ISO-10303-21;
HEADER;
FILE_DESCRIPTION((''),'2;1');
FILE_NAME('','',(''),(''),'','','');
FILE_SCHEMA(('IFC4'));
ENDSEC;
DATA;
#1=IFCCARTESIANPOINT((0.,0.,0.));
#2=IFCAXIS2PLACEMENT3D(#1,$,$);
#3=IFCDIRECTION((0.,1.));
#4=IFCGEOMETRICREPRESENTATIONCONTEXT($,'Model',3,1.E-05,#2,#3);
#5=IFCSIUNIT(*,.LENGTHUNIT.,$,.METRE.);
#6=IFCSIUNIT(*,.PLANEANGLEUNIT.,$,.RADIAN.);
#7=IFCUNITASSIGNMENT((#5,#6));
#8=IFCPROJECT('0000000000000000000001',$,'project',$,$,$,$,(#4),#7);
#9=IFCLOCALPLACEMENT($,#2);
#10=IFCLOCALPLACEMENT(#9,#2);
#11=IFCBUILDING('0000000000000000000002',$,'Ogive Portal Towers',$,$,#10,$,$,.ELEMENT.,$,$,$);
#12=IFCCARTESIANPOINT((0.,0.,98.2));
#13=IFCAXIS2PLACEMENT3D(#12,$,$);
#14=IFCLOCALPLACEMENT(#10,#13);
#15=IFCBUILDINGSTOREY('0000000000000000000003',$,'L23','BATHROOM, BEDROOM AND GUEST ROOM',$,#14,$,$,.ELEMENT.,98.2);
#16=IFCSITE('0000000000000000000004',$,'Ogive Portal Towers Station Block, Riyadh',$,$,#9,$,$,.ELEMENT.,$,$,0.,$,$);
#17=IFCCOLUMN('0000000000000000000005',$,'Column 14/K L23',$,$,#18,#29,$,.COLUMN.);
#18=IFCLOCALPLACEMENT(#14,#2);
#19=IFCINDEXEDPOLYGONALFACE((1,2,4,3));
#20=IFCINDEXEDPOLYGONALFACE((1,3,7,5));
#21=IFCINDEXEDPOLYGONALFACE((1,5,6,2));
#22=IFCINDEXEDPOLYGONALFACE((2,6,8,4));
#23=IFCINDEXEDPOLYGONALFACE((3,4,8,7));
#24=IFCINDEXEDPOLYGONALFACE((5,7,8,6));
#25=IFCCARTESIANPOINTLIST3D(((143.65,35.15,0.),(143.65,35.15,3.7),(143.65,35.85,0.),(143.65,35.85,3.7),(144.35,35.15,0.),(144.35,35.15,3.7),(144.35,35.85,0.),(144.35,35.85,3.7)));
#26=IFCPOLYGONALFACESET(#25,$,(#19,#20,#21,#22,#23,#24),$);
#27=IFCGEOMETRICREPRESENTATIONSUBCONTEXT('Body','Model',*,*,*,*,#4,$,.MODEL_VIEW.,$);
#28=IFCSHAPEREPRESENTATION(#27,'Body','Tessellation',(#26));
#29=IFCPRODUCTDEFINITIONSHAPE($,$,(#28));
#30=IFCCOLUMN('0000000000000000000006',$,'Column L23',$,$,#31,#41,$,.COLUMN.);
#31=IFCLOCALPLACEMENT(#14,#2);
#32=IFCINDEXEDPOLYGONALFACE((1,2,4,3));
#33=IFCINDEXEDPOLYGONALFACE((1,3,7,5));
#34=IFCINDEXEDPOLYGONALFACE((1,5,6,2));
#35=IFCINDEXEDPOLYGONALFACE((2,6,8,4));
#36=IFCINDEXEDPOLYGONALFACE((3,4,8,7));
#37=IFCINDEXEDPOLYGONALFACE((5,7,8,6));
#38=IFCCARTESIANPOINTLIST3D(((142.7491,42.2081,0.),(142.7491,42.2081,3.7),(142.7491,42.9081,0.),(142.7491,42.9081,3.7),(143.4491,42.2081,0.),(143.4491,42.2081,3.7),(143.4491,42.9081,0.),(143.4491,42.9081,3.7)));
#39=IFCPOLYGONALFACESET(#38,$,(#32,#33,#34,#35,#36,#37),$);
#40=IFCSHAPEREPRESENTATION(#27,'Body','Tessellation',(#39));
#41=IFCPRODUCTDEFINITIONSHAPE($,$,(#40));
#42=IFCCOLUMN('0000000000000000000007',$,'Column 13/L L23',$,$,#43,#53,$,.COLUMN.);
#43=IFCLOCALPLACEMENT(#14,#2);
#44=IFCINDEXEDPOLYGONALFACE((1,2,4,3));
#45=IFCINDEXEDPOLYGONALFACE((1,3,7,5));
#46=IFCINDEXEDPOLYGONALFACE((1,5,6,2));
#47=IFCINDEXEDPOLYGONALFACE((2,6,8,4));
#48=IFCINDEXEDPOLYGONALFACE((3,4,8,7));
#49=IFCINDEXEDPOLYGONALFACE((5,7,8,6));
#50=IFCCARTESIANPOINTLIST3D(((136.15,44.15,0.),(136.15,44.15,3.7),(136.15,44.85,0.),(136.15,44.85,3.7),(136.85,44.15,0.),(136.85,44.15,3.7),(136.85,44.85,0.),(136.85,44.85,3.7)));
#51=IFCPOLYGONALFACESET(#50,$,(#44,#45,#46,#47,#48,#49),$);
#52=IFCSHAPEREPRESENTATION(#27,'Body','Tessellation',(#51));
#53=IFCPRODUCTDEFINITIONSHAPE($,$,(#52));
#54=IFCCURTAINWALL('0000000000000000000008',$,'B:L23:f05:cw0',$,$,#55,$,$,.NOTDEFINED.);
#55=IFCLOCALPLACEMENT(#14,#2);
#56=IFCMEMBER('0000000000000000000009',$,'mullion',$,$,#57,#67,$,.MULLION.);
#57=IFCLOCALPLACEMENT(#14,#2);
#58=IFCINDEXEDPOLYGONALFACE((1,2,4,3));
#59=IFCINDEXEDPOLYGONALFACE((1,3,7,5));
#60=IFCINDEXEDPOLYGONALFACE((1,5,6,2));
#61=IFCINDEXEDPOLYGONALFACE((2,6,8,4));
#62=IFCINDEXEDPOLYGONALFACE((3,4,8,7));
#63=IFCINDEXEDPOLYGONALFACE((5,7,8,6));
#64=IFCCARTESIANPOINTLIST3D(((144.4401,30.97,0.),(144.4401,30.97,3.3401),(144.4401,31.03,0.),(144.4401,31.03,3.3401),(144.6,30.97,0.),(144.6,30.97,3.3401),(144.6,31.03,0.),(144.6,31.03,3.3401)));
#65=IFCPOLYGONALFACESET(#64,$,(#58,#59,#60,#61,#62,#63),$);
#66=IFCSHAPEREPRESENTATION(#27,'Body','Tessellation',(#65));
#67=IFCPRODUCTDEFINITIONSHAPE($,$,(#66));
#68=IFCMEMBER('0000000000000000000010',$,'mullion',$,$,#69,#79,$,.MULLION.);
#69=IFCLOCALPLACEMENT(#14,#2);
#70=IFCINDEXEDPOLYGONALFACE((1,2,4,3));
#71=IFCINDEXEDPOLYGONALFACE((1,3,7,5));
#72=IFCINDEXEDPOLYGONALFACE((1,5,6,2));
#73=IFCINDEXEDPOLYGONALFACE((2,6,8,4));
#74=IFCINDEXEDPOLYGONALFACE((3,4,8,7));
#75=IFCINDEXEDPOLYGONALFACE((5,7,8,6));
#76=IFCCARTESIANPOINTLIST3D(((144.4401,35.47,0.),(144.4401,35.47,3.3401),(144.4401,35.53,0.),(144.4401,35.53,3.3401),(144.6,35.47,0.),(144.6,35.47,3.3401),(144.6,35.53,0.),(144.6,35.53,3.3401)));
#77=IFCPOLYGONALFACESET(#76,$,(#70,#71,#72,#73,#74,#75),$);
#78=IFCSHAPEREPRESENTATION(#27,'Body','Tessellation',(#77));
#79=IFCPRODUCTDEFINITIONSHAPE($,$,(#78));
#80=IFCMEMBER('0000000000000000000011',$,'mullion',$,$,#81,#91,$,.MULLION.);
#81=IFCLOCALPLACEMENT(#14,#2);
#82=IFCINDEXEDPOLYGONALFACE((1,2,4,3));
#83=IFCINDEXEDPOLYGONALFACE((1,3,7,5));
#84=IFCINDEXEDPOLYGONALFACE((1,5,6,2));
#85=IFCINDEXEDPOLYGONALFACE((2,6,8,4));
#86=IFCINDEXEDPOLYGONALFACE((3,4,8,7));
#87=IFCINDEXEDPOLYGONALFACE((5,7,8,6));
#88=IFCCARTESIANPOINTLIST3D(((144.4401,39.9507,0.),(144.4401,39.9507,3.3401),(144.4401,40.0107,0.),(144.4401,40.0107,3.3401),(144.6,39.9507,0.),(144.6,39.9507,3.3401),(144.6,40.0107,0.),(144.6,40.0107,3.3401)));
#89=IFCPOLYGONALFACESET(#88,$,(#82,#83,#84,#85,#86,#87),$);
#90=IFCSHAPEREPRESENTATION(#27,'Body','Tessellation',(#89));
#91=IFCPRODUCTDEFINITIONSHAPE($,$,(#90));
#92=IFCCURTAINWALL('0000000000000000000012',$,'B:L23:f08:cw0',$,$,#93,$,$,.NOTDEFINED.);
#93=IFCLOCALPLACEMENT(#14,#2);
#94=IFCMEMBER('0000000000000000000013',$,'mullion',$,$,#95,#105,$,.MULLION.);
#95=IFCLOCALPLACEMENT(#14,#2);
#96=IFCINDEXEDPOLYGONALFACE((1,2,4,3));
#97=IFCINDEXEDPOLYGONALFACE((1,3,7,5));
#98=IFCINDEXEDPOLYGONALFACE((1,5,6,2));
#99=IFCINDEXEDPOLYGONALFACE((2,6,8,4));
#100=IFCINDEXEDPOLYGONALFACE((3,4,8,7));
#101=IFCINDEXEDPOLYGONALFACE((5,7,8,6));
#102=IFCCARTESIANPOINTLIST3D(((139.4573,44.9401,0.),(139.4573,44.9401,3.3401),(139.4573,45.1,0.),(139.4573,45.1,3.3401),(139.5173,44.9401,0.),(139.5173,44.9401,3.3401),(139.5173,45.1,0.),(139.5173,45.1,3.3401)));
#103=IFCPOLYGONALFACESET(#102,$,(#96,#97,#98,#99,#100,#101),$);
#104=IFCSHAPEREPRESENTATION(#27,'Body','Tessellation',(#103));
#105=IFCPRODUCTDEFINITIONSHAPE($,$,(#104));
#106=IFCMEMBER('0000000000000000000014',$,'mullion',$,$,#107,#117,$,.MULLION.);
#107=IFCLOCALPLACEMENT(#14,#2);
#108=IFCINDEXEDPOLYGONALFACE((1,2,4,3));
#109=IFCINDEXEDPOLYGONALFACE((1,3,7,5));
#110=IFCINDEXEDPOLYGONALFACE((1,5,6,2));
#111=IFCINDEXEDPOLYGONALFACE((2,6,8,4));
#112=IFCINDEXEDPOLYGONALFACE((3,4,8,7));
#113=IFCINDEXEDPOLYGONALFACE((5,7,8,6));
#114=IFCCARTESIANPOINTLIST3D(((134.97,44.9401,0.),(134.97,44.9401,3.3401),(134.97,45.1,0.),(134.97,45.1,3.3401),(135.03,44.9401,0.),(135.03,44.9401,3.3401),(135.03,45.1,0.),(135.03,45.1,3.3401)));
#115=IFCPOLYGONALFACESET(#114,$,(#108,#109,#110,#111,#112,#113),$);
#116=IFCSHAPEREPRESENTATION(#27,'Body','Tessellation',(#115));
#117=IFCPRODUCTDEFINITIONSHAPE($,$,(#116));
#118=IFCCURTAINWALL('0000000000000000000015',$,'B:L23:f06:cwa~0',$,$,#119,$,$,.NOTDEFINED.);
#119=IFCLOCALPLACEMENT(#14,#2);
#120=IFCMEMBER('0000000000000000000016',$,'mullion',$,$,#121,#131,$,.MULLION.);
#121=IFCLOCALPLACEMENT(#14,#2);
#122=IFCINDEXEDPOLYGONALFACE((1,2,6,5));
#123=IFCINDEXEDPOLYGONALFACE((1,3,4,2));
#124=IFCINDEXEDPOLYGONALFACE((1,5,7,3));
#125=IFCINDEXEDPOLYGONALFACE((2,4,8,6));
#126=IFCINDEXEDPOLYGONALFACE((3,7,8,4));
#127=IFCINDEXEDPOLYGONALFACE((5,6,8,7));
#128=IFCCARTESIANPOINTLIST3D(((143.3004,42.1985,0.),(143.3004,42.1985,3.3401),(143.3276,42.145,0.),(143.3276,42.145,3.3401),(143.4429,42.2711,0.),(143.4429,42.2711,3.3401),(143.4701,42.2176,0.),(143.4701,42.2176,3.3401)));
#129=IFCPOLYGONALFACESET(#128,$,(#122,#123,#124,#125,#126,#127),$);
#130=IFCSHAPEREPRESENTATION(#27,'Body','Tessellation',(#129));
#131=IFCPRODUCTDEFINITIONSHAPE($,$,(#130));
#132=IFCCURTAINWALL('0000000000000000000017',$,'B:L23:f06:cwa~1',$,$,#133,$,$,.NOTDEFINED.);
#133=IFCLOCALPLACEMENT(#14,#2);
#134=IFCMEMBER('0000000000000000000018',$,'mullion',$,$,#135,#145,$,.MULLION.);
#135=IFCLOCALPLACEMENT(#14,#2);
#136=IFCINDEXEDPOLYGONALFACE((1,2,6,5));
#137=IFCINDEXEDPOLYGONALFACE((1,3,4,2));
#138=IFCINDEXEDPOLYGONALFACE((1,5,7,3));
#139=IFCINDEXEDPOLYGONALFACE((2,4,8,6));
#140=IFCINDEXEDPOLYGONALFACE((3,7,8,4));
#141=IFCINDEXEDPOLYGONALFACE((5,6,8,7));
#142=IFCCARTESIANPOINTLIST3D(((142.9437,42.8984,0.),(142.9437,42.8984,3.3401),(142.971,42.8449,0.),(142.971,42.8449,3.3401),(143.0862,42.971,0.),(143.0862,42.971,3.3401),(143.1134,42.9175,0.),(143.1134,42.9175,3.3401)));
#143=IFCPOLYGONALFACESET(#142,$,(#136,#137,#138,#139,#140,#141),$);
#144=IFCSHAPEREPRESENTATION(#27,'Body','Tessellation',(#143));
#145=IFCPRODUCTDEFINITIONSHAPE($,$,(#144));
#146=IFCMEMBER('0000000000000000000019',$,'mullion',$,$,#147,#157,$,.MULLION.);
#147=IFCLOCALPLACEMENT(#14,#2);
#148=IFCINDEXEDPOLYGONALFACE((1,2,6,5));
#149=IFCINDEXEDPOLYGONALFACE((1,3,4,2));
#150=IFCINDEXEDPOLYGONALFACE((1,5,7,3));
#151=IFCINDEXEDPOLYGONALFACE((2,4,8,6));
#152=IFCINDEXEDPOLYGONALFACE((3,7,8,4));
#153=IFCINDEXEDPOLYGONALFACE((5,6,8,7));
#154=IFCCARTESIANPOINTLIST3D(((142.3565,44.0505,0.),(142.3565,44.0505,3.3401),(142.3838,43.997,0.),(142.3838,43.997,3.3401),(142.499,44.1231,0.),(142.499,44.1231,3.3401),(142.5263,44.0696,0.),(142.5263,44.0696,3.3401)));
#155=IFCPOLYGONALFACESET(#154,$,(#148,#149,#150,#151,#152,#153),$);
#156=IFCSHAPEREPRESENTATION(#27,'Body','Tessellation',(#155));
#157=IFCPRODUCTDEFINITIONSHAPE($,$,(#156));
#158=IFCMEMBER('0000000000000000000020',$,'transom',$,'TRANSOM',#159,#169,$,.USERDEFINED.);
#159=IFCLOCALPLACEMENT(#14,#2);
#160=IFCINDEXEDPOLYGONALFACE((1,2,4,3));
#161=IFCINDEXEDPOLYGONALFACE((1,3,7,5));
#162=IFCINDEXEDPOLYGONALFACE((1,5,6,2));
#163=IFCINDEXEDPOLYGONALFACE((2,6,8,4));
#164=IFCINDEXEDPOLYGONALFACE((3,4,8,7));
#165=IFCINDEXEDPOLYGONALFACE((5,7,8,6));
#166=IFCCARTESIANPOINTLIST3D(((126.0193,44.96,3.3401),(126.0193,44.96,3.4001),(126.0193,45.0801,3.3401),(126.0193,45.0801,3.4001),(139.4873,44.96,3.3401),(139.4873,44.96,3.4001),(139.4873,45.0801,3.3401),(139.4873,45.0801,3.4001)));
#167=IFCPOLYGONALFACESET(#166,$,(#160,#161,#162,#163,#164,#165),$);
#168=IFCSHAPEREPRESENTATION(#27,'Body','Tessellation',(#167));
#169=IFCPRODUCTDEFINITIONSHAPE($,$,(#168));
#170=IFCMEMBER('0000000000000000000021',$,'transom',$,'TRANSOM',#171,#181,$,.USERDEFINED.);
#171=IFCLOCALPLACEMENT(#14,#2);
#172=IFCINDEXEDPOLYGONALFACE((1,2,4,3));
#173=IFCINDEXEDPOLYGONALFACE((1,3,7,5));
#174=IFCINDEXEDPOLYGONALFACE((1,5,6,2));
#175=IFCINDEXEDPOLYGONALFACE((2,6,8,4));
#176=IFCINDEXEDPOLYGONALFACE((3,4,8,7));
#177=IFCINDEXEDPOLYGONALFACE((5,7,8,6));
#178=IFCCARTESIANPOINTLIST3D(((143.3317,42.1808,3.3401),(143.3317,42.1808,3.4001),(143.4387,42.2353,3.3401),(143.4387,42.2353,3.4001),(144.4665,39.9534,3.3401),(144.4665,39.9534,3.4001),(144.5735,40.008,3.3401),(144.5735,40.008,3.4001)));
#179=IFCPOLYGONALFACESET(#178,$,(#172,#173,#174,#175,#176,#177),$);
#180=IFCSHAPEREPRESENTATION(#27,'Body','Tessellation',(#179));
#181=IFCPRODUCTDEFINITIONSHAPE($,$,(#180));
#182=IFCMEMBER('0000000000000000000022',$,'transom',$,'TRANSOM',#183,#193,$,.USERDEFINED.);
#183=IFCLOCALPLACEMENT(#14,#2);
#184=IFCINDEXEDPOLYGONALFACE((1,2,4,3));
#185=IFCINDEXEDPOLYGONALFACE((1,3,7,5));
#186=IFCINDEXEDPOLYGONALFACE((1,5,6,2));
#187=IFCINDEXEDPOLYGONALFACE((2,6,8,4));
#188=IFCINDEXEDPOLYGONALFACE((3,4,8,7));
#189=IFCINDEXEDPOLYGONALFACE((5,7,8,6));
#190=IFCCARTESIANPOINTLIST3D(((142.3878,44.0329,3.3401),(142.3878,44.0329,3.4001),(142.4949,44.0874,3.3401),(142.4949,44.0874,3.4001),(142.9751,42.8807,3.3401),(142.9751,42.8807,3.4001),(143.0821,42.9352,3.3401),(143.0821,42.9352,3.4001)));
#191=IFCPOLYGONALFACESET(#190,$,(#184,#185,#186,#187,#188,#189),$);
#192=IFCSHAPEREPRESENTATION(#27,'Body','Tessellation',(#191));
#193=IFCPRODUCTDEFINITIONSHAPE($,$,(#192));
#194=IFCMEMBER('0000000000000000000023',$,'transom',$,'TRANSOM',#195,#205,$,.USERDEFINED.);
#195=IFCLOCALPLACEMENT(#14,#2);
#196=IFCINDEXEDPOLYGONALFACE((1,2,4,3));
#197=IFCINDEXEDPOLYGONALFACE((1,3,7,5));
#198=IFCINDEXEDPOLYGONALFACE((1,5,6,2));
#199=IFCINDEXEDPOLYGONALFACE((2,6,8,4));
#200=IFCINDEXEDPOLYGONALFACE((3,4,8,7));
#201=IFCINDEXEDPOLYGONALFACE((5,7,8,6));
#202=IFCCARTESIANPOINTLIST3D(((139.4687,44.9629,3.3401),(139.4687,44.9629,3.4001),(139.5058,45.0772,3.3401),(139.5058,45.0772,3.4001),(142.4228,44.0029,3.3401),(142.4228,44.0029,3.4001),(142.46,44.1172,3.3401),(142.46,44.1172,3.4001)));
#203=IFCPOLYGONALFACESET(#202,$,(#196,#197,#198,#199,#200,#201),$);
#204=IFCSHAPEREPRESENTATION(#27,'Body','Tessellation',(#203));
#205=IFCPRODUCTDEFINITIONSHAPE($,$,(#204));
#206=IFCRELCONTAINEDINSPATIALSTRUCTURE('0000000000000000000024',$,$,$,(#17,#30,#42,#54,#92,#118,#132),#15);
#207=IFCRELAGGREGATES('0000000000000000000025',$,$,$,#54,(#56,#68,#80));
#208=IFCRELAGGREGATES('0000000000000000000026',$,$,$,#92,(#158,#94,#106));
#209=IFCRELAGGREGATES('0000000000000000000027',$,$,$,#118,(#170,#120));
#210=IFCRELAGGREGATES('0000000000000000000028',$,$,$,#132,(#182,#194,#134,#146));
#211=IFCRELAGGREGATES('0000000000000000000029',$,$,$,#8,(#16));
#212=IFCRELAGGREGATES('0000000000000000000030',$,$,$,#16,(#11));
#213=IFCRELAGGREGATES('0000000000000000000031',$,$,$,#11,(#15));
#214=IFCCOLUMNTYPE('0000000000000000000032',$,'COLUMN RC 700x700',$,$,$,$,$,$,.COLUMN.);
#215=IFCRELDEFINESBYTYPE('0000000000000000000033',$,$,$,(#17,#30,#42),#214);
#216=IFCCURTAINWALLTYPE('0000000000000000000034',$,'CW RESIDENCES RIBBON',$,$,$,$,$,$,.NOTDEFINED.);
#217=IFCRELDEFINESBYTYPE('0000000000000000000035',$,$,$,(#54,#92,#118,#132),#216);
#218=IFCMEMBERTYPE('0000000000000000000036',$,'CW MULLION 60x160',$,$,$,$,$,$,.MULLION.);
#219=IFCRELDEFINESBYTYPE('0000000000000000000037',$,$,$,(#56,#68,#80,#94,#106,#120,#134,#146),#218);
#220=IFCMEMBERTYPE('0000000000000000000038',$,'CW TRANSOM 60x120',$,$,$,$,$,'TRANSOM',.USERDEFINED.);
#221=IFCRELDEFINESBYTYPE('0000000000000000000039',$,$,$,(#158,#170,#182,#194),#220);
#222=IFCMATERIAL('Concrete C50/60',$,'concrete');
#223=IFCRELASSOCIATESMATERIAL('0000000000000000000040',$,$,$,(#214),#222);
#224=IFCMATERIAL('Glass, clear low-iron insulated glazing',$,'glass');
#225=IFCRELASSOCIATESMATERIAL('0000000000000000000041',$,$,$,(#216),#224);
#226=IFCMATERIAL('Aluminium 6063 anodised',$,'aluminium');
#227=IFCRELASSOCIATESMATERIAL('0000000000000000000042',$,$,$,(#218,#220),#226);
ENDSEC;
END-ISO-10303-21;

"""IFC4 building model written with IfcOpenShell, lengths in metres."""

from ifc_helpers import new_model, si_unit, direction, frame, origin, origin_2d, place, context, subcontext, project, spatial, rectangle, extrude, material, material_profile, profile_set, type_object, element, aggregate, save


model = new_model("IFC4")

# Units and contexts
model_context = context("Model", 3, precision=1e-05, world=origin(), true_north=direction((0.0, 1.0)))
body_context = subcontext(model_context, "Body", "Model", "MODEL_VIEW")
ifc_project = project(units=[si_unit("LENGTHUNIT", "METRE"), si_unit("PLANEANGLEUNIT", "RADIAN")], contexts=[model_context])

# Site, building, storey
site_placement = place(None, origin())
site = spatial("IfcSite", under=ifc_project, at=site_placement, Name="Ogive Portal Towers Station Block, Riyadh", CompositionType="ELEMENT", RefElevation=0.0)
building_placement = place(site_placement, origin())
building = spatial("IfcBuilding", under=site, at=building_placement, Name="Ogive Portal Towers", CompositionType="ELEMENT")
storey_placement = place(building_placement, frame((0.0, 0.0, 98.2)))
storey = spatial("IfcBuildingStorey", under=building, at=storey_placement, Name="L23", Description="BATHROOM, BEDROOM AND GUEST ROOM", CompositionType="ELEMENT", Elevation=98.2)

# Columns
ifc_material_1 = material(Name="Concrete C50/60", Category="concrete")
ifc_material_profile_1 = material_profile(ifc_material_1, rectangle(XDim=0.7, YDim=0.7, at=origin_2d()), Name="RC 700x700")
ifc_profile_set_1 = profile_set([ifc_material_profile_1], Name="Concrete C50/60")
column_type = type_object("IfcColumnType", Name="COLUMN RC 700x700", PredefinedType="COLUMN", material=ifc_profile_set_1)
for number, where, z_axis, x_axis, name in (
    (1, (144.0, 35.5, 0.0), (0.0, 0.0, 1.0), (1.0, 0.0, 0.0), "Column 14/K L23"),
    (2, (143.0991, 42.5581, 0.0), (0.0, 0.0, 1.0), (1.0, 0.0, 0.0), "Column L23"),
    (3, (136.5, 44.5, 0.0), (0.0, 0.0, 1.0), (1.0, 0.0, 0.0), "Column 13/L L23"),
):
    element("IfcColumn", number, at=place(storey_placement, frame(where, z_axis=z_axis, x_axis=x_axis)), inside=storey, type_object=column_type, Name=name, PredefinedType="COLUMN", context=body_context, shape_type="SweptSolid", body=[
        extrude(rectangle(XDim=0.7, YDim=0.7, at=origin_2d()), origin(), (0.0, 0.0, 1.0), 3.7),
    ])

# Curtain walls, members
ifc_material_2 = material(Name="Glass, clear low-iron insulated glazing", Category="glass")
curtain_wall_type = type_object("IfcCurtainWallType", Name="CW RESIDENCES RIBBON", PredefinedType="NOTDEFINED", material=ifc_material_2)
curtain_wall_1_placement = place(storey_placement, origin())
curtain_wall_1 = element("IfcCurtainWall", 4, at=curtain_wall_1_placement, inside=storey, type_object=curtain_wall_type, Name="B:L23:f05:cw0", PredefinedType="NOTDEFINED")
ifc_material_3 = material(Name="Aluminium 6063 anodised", Category="aluminium")
ifc_material_profile_2 = material_profile(ifc_material_3, rectangle(XDim=0.1599, YDim=0.0601, at=origin_2d()), Name="AL 60x160")
ifc_profile_set_2 = profile_set([ifc_material_profile_2], Name="Aluminium 6063 anodised")
member_type_1 = type_object("IfcMemberType", Name="CW MULLION 60x160", PredefinedType="MULLION", material=ifc_profile_set_2)
member_1_placement = place(storey_placement, frame((144.52, 31.0, 0.0), z_axis=(0.0, 0.0, 1.0), x_axis=(-1.0, 0.0, 0.0)))
member_1 = element("IfcMember", 5, at=member_1_placement, type_object=member_type_1, Name="mullion", PredefinedType="MULLION", context=body_context, shape_type="SweptSolid", body=[
    extrude(rectangle(XDim=0.1599, YDim=0.0601, at=origin_2d()), origin(), (0.0, 0.0, 1.0), 3.3401),
])
member_2_placement = place(storey_placement, frame((144.52, 35.5, 0.0), z_axis=(0.0, 0.0, 1.0), x_axis=(-1.0, 0.0, 0.0)))
member_2 = element("IfcMember", 6, at=member_2_placement, type_object=member_type_1, Name="mullion", PredefinedType="MULLION", context=body_context, shape_type="SweptSolid", body=[
    extrude(rectangle(XDim=0.1599, YDim=0.0601, at=origin_2d()), origin(), (0.0, 0.0, 1.0), 3.3401),
])
member_3_placement = place(storey_placement, frame((144.52, 39.9807, 0.0), z_axis=(0.0, 0.0, 1.0), x_axis=(-1.0, 0.0, 0.0)))
member_3 = element("IfcMember", 7, at=member_3_placement, type_object=member_type_1, Name="mullion", PredefinedType="MULLION", context=body_context, shape_type="SweptSolid", body=[
    extrude(rectangle(XDim=0.1599, YDim=0.0601, at=origin_2d()), origin(), (0.0, 0.0, 1.0), 3.3401),
])
curtain_wall_2_placement = place(storey_placement, origin())
curtain_wall_2 = element("IfcCurtainWall", 8, at=curtain_wall_2_placement, inside=storey, type_object=curtain_wall_type, Name="B:L23:f08:cw0", PredefinedType="NOTDEFINED")
member_4_placement = place(storey_placement, frame((139.4873, 45.02, 0.0), z_axis=(0.0, 0.0, 1.0), x_axis=(0.0, -1.0, 0.0)))
member_4 = element("IfcMember", 9, at=member_4_placement, type_object=member_type_1, Name="mullion", PredefinedType="MULLION", context=body_context, shape_type="SweptSolid", body=[
    extrude(rectangle(XDim=0.1599, YDim=0.0601, at=origin_2d()), origin(), (0.0, 0.0, 1.0), 3.3401),
])
member_5_placement = place(storey_placement, frame((135.0, 45.02, 0.0), z_axis=(0.0, 0.0, 1.0), x_axis=(0.0, -1.0, 0.0)))
member_5 = element("IfcMember", 10, at=member_5_placement, type_object=member_type_1, Name="mullion", PredefinedType="MULLION", context=body_context, shape_type="SweptSolid", body=[
    extrude(rectangle(XDim=0.1599, YDim=0.0601, at=origin_2d()), origin(), (0.0, 0.0, 1.0), 3.3401),
])

# Curtain wall, member
curtain_wall_3_placement = place(storey_placement, origin())
curtain_wall_3 = element("IfcCurtainWall", 11, at=curtain_wall_3_placement, inside=storey, type_object=curtain_wall_type, Name="B:L23:f06:cwa~0", PredefinedType="NOTDEFINED")
member_6_placement = place(storey_placement, frame((143.3853, 42.208, 0.0), z_axis=(0.0, 0.0, 1.0), x_axis=(-0.891007, -0.45399, 0.0)))
member_6 = element("IfcMember", 12, at=member_6_placement, type_object=member_type_1, Name="mullion", PredefinedType="MULLION", context=body_context, shape_type="SweptSolid", body=[
    extrude(rectangle(XDim=0.1599, YDim=0.0601, at=origin_2d()), origin(), (0.0, 0.0, 1.0), 3.3401),
])

# Curtain wall, members
curtain_wall_4_placement = place(storey_placement, origin())
curtain_wall_4 = element("IfcCurtainWall", 13, at=curtain_wall_4_placement, inside=storey, type_object=curtain_wall_type, Name="B:L23:f06:cwa~1", PredefinedType="NOTDEFINED")
member_7_placement = place(storey_placement, frame((143.0286, 42.908, 0.0), z_axis=(0.0, 0.0, 1.0), x_axis=(-0.891007, -0.45399, 0.0)))
member_7 = element("IfcMember", 14, at=member_7_placement, type_object=member_type_1, Name="mullion", PredefinedType="MULLION", context=body_context, shape_type="SweptSolid", body=[
    extrude(rectangle(XDim=0.1599, YDim=0.0601, at=origin_2d()), origin(), (0.0, 0.0, 1.0), 3.3401),
])
member_8_placement = place(storey_placement, frame((142.4414, 44.0601, 0.0), z_axis=(0.0, 0.0, 1.0), x_axis=(-0.891007, -0.45399, 0.0)))
member_8 = element("IfcMember", 15, at=member_8_placement, type_object=member_type_1, Name="mullion", PredefinedType="MULLION", context=body_context, shape_type="SweptSolid", body=[
    extrude(rectangle(XDim=0.1599, YDim=0.0601, at=origin_2d()), origin(), (0.0, 0.0, 1.0), 3.3401),
])

# Members
ifc_material_profile_3 = material_profile(ifc_material_3, rectangle(XDim=0.1201, YDim=0.0601, at=origin_2d()), Name="AL 120x60")
ifc_profile_set_3 = profile_set([ifc_material_profile_3], Name="Aluminium 6063 anodised")
member_type_2 = type_object("IfcMemberType", Name="CW TRANSOM 60x120", ElementType="TRANSOM", PredefinedType="USERDEFINED", material=ifc_profile_set_3)
member_9_placement = place(storey_placement, frame((139.4873, 45.02, 3.3701), z_axis=(-1.0, 0.0, 0.0), x_axis=(0.0, -1.0, 0.0)))
member_9 = element("IfcMember", 16, at=member_9_placement, type_object=member_type_2, Name="transom", ObjectType="TRANSOM", PredefinedType="USERDEFINED", context=body_context, shape_type="SweptSolid", body=[
    extrude(rectangle(XDim=0.1201, YDim=0.0601, at=origin_2d()), origin(), (0.0, 0.0, 1.0), 13.468),
])
member_10_placement = place(storey_placement, frame((144.52, 39.9807, 3.3701), z_axis=(-0.453959, 0.891022, 0.0), x_axis=(-0.891022, -0.453959, 0.0)))
member_10 = element("IfcMember", 17, at=member_10_placement, type_object=member_type_2, Name="transom", ObjectType="TRANSOM", PredefinedType="USERDEFINED", context=body_context, shape_type="SweptSolid", body=[
    extrude(rectangle(XDim=0.1201, YDim=0.0601, at=origin_2d()), origin(), (0.0, 0.0, 1.0), 2.4998),
])
member_11_placement = place(storey_placement, frame((143.0286, 42.908, 3.3701), z_axis=(-0.454073, 0.890965, 0.0), x_axis=(-0.890965, -0.454073, 0.0)))
member_11 = element("IfcMember", 18, at=member_11_placement, type_object=member_type_2, Name="transom", ObjectType="TRANSOM", PredefinedType="USERDEFINED", context=body_context, shape_type="SweptSolid", body=[
    extrude(rectangle(XDim=0.1201, YDim=0.0601, at=origin_2d()), origin(), (0.0, 0.0, 1.0), 1.2932),
])
member_12_placement = place(storey_placement, frame((142.4414, 44.0601, 3.3701), z_axis=(-0.951046, 0.309051, 0.0), x_axis=(-0.309051, -0.951046, 0.0)))
member_12 = element("IfcMember", 19, at=member_12_placement, type_object=member_type_2, Name="transom", ObjectType="TRANSOM", PredefinedType="USERDEFINED", context=body_context, shape_type="SweptSolid", body=[
    extrude(rectangle(XDim=0.1201, YDim=0.0601, at=origin_2d()), origin(), (0.0, 0.0, 1.0), 3.1062),
])

aggregate(curtain_wall_1, [member_1, member_2, member_3])
aggregate(curtain_wall_2, [member_9, member_4, member_5])
aggregate(curtain_wall_3, [member_10, member_6])
aggregate(curtain_wall_4, [member_11, member_12, member_7, member_8])

save(model, "model.ifc")
